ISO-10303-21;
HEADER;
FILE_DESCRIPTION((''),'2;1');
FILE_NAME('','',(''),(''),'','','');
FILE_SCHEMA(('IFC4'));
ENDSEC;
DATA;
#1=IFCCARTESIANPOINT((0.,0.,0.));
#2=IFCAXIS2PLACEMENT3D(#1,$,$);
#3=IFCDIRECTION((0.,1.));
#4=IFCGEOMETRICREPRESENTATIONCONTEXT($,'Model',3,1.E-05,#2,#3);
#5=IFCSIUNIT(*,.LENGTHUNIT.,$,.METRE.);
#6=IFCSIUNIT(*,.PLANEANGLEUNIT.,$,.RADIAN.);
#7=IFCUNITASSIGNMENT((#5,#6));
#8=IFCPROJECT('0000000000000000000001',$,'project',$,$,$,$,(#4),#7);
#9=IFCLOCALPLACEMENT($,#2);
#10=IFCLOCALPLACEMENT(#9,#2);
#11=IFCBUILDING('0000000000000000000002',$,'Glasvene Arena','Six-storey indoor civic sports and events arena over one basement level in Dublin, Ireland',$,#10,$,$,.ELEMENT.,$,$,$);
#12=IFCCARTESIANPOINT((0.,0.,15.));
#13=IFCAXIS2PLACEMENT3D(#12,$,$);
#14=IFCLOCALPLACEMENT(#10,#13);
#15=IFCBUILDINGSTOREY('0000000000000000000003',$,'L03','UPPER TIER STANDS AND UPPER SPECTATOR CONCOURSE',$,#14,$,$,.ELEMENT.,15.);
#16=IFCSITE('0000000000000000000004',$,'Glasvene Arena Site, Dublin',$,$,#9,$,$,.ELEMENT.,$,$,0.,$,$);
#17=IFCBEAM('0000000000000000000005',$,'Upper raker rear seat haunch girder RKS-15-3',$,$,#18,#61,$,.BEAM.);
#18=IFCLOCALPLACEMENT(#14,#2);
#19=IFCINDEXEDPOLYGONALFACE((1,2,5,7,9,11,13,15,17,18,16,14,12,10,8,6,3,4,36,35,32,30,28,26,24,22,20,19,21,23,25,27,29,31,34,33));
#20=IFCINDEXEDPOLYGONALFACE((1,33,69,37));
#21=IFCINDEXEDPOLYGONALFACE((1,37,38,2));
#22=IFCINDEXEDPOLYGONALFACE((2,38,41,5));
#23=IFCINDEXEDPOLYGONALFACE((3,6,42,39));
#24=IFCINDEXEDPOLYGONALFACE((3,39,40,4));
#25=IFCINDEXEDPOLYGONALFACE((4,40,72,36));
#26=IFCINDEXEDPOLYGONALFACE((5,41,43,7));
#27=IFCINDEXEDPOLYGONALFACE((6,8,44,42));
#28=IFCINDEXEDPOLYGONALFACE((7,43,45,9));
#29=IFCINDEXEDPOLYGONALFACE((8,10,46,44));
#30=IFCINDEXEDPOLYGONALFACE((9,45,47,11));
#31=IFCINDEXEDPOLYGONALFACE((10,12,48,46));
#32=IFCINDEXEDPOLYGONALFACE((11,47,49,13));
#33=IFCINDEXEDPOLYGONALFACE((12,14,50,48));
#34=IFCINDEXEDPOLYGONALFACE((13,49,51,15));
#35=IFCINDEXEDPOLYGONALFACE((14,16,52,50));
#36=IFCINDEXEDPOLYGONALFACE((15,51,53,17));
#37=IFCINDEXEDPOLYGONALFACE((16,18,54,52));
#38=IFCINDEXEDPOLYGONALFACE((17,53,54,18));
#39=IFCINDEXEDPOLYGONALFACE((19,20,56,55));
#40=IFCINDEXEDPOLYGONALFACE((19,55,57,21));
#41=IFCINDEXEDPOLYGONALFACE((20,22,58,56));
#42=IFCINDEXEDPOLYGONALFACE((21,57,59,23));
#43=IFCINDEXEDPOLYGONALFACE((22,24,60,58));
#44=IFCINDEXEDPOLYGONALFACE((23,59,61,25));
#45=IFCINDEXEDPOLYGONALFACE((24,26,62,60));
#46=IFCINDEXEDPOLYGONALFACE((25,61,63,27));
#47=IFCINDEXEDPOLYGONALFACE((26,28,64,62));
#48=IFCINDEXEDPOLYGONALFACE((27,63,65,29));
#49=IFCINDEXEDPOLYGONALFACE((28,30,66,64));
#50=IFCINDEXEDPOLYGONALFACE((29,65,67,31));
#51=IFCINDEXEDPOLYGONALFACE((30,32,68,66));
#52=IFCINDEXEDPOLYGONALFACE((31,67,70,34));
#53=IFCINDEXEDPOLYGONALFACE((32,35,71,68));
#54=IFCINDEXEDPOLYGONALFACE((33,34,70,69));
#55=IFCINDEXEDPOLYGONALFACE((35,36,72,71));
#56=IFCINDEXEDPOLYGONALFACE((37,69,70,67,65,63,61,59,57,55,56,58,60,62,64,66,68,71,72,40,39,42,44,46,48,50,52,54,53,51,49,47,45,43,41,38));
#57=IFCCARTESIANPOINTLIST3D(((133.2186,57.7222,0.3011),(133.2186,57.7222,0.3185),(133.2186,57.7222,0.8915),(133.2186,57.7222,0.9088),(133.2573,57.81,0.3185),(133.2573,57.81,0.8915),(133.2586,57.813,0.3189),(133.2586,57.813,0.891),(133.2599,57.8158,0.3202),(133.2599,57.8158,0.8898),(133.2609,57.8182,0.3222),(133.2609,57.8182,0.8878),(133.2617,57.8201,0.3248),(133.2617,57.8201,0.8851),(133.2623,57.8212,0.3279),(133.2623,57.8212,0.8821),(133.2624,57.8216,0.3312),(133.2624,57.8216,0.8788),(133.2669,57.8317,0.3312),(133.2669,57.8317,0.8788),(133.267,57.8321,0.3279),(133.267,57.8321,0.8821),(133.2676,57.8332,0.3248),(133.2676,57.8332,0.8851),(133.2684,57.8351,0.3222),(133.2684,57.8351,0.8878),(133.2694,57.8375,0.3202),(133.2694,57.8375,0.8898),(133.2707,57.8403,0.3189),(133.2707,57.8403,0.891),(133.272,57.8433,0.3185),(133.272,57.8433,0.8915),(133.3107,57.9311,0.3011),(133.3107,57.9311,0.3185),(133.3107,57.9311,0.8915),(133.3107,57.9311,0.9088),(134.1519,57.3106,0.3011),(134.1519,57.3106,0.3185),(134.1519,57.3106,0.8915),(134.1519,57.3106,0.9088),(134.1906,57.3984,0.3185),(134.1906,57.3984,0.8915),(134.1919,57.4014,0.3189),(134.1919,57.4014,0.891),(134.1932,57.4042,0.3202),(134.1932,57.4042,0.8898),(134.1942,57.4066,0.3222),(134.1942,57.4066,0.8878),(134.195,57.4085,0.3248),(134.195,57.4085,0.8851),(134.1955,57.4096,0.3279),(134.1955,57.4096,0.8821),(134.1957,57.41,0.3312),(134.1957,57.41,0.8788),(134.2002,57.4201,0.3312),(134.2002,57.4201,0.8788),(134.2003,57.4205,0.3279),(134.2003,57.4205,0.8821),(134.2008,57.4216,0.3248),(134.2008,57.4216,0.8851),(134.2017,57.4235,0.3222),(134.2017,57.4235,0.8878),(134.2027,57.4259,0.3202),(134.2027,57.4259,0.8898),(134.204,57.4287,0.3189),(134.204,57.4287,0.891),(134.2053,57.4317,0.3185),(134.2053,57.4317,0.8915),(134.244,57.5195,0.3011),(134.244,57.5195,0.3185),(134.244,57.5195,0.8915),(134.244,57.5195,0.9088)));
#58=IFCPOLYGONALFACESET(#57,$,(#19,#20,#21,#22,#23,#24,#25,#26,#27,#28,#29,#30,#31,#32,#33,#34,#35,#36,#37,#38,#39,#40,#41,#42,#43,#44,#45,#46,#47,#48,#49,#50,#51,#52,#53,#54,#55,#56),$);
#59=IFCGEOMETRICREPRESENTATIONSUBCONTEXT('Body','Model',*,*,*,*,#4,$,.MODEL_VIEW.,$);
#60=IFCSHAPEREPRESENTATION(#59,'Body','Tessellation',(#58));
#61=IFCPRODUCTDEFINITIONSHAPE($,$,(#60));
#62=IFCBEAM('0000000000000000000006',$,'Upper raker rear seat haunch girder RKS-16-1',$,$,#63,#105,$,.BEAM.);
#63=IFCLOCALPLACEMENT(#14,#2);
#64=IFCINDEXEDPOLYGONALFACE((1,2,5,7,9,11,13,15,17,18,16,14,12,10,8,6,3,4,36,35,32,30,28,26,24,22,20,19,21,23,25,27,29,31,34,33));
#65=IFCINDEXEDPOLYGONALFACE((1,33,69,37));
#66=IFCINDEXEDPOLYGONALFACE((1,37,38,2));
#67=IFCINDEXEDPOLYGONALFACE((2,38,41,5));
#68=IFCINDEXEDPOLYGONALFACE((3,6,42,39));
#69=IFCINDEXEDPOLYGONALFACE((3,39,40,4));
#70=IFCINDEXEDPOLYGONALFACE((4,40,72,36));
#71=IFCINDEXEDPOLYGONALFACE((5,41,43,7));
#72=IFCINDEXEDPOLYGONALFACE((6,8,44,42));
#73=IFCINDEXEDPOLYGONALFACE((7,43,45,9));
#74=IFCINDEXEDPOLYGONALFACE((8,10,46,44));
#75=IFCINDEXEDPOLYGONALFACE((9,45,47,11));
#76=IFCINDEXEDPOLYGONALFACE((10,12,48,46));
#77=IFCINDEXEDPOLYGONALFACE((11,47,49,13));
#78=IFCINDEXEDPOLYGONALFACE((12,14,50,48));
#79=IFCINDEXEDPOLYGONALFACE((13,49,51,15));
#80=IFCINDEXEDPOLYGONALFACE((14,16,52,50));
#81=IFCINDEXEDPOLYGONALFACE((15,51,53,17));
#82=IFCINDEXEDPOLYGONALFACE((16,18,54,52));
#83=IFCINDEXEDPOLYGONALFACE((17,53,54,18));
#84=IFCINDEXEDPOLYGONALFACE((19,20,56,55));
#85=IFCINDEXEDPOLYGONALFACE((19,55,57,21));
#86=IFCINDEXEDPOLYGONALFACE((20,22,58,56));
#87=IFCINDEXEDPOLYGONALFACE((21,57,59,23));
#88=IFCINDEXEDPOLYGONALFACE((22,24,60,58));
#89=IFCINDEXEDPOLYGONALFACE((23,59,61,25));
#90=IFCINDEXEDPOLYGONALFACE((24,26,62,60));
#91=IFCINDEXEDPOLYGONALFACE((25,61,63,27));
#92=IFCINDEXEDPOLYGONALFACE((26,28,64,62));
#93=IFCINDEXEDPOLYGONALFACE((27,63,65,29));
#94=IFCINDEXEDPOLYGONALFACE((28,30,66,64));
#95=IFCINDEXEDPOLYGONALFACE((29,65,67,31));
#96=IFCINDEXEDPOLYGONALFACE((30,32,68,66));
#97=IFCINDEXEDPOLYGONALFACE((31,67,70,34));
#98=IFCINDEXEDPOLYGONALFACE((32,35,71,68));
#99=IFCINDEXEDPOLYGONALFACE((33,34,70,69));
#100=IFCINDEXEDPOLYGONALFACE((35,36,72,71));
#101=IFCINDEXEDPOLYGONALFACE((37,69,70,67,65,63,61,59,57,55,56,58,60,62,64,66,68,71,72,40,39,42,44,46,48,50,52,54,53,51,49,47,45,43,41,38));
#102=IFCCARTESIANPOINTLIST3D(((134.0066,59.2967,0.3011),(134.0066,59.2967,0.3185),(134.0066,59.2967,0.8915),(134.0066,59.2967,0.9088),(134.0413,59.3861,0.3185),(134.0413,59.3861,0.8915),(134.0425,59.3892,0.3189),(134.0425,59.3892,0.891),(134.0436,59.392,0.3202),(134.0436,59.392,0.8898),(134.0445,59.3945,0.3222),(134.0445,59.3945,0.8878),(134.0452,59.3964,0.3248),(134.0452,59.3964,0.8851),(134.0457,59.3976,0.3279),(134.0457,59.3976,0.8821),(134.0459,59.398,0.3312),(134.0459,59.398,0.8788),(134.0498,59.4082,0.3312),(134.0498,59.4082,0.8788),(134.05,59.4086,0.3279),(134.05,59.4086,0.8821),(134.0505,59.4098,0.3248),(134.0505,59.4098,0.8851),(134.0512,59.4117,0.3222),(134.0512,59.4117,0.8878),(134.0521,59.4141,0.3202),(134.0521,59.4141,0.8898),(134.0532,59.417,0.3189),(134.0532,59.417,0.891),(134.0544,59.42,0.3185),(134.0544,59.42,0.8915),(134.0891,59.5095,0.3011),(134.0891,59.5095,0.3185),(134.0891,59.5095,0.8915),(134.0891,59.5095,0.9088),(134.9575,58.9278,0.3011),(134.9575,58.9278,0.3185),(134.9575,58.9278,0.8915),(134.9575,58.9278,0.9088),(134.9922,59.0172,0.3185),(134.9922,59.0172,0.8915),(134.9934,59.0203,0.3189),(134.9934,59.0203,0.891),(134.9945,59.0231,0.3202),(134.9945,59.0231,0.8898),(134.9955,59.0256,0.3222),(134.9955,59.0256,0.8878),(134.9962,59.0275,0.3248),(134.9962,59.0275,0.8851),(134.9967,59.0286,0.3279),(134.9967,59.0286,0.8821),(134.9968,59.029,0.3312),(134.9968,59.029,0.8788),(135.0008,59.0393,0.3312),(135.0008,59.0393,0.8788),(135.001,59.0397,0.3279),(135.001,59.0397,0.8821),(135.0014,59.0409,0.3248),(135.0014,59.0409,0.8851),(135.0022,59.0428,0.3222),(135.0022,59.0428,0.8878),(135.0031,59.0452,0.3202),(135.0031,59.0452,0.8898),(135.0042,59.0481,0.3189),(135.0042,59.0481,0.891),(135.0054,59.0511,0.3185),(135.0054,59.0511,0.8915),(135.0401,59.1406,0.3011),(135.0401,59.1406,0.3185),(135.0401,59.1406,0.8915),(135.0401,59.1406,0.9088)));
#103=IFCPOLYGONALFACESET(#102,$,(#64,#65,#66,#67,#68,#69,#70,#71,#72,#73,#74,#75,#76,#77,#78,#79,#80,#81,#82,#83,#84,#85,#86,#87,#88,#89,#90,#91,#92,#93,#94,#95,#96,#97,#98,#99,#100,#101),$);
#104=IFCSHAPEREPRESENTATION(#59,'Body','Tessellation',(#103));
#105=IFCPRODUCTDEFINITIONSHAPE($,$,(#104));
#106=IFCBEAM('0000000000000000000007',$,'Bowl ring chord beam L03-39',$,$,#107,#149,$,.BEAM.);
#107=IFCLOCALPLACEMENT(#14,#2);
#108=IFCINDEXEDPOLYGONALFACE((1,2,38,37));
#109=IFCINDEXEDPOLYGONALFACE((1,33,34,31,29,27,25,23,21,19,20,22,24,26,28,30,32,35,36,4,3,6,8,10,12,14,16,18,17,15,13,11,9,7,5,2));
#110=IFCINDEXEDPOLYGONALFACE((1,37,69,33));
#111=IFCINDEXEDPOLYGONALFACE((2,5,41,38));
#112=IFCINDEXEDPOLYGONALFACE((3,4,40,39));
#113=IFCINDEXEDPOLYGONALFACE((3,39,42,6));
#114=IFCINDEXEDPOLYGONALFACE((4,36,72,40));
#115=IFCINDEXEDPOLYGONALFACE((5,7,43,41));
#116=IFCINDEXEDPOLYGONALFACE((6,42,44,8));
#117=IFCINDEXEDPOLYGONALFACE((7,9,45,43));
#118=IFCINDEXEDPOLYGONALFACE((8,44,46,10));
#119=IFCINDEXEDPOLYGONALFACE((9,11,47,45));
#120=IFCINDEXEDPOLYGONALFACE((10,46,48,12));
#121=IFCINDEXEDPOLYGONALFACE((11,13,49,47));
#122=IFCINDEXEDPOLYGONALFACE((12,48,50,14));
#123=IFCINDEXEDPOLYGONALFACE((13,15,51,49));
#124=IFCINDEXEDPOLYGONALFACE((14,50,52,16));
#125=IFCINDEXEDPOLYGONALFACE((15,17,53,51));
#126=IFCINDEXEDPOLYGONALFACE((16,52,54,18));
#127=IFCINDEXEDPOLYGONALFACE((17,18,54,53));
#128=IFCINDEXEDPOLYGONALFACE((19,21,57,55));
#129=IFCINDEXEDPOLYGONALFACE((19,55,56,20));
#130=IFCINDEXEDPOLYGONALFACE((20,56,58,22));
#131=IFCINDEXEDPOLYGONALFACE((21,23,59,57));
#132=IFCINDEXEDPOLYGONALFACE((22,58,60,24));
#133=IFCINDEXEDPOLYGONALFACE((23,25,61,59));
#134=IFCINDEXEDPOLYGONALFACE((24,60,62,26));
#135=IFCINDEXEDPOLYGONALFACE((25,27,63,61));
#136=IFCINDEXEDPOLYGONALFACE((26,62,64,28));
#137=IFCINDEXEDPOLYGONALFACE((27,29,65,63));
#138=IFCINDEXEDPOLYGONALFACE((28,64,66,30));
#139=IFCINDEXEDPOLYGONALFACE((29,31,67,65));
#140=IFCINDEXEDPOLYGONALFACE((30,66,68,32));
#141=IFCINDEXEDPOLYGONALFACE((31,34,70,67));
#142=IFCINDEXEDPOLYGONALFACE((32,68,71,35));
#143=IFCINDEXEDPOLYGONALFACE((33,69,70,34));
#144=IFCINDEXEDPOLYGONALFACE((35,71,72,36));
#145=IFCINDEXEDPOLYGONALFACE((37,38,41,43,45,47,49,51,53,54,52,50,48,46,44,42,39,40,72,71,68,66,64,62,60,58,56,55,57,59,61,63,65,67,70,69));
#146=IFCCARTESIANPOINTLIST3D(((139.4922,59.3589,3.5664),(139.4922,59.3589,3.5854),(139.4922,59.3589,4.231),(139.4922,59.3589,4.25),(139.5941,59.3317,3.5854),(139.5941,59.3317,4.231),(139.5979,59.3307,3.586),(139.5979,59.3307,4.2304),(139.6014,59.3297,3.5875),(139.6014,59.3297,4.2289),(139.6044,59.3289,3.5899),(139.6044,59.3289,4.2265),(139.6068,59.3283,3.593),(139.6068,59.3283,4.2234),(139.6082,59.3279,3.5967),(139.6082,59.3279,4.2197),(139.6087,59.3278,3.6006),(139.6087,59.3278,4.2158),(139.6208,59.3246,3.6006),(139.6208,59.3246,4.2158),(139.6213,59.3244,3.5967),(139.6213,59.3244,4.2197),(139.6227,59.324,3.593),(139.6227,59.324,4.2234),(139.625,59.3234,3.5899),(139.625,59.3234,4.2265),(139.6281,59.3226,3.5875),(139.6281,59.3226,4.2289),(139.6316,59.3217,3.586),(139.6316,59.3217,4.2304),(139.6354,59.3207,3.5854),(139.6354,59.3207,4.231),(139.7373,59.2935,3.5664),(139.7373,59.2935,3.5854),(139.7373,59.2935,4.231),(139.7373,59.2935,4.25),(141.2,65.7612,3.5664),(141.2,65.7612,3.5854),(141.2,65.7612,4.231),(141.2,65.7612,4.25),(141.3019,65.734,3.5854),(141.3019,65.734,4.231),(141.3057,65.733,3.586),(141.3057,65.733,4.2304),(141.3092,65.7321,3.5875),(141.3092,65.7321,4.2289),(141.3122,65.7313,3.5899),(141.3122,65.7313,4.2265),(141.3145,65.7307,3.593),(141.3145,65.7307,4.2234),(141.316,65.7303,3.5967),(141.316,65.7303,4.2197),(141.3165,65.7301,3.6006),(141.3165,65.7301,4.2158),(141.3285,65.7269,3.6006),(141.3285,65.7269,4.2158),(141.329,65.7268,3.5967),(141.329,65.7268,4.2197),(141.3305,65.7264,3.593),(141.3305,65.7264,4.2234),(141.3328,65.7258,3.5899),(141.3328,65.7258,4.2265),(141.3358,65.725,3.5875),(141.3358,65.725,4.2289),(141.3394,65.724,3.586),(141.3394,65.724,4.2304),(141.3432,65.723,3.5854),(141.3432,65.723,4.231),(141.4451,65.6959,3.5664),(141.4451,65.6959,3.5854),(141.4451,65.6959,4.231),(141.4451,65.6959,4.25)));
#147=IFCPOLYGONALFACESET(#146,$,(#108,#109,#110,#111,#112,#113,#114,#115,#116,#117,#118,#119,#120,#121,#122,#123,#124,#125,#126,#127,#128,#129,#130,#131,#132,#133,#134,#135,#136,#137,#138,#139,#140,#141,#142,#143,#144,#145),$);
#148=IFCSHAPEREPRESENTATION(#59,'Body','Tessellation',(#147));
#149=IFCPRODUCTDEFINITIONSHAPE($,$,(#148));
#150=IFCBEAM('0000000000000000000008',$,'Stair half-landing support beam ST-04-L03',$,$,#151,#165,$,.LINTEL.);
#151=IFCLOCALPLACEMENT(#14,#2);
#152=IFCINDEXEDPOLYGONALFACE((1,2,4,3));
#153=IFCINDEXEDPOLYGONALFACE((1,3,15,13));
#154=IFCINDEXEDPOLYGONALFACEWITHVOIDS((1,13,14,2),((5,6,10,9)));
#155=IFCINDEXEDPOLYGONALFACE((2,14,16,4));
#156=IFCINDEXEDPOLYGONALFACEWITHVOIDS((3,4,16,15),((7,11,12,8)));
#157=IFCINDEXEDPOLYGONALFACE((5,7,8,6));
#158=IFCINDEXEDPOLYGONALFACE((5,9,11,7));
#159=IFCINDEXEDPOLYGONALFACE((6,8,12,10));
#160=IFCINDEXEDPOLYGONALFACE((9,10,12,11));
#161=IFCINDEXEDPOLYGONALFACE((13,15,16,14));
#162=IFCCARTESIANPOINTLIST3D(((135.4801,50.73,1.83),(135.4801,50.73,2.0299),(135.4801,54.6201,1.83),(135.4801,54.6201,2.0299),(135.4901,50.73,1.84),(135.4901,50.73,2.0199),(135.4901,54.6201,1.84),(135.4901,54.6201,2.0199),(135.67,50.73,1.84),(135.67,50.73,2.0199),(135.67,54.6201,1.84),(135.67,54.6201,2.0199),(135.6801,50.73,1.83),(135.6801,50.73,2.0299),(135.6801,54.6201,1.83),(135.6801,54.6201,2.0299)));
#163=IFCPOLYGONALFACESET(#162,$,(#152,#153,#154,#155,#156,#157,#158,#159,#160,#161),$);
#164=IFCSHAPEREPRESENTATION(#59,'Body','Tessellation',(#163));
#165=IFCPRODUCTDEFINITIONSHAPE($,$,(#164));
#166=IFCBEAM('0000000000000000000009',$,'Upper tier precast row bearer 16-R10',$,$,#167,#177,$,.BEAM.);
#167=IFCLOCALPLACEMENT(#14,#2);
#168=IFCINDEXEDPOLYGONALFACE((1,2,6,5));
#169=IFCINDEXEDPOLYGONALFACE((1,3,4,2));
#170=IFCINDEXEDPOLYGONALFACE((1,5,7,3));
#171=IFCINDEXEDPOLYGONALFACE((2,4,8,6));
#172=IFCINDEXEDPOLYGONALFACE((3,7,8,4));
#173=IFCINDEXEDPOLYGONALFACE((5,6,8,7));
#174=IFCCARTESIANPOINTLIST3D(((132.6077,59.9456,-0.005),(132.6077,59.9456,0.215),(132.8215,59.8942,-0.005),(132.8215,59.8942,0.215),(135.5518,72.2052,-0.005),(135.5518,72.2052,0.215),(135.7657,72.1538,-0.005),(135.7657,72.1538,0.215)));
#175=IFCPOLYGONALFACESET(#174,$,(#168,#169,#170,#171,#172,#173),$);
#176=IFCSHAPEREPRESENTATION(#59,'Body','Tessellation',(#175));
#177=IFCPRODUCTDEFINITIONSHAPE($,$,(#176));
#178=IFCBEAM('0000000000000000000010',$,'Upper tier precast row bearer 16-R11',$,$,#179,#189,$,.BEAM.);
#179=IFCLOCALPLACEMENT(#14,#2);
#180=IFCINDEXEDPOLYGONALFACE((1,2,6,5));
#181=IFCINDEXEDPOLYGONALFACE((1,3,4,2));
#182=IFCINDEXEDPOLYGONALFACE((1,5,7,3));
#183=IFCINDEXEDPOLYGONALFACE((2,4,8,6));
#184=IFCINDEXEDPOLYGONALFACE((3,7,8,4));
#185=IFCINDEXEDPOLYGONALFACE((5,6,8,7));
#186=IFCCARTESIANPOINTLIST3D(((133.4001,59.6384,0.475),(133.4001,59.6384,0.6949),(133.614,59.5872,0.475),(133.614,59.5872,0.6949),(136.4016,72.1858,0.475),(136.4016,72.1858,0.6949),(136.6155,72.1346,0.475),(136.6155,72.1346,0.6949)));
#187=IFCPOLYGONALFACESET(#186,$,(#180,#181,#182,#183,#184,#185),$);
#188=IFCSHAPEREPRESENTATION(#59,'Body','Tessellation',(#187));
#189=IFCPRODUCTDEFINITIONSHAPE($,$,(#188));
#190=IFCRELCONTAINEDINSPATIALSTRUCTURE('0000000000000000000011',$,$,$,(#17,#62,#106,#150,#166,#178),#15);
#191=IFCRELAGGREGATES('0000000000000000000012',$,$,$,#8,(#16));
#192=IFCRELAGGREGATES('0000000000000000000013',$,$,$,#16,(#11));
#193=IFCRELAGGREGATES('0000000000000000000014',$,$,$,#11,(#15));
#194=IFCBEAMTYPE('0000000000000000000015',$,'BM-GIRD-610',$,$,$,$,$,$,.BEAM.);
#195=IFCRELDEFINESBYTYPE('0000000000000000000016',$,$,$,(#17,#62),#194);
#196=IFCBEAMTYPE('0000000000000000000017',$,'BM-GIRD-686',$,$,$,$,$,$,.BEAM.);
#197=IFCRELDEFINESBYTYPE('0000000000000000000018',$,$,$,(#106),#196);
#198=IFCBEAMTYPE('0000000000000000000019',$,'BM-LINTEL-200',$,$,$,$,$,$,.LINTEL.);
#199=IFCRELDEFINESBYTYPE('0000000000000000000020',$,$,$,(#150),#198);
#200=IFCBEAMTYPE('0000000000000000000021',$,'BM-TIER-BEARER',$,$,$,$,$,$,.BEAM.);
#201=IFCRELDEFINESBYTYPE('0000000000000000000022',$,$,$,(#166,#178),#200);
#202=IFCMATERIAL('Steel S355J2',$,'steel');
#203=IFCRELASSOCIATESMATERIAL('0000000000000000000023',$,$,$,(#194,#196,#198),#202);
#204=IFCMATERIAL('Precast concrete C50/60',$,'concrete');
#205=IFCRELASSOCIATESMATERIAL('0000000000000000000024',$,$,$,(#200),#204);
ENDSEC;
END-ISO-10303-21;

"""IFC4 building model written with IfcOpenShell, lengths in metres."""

from ifc_helpers import new_model, si_unit, direction, frame, origin, origin_2d, place, context, subcontext, project, spatial, rectangle, hollow_rectangle, i_section, extrude, material, material_profile, profile_set, type_object, element, save


model = new_model("IFC4")

# Units and contexts
model_context = context("Model", 3, precision=1e-05, world=origin(), true_north=direction((0.0, 1.0)))
body_context = subcontext(model_context, "Body", "Model", "MODEL_VIEW")
ifc_project = project(units=[si_unit("LENGTHUNIT", "METRE"), si_unit("PLANEANGLEUNIT", "RADIAN")], contexts=[model_context])

# Site, building, storey
site_placement = place(None, origin())
site = spatial("IfcSite", under=ifc_project, at=site_placement, Name="Glasvene Arena Site, Dublin", CompositionType="ELEMENT", RefElevation=0.0)
building_placement = place(site_placement, origin())
building = spatial("IfcBuilding", under=site, at=building_placement, Name="Glasvene Arena", Description="Six-storey indoor civic sports and events arena over one basement level in Dublin, Ireland", CompositionType="ELEMENT")
storey_placement = place(building_placement, frame((0.0, 0.0, 15.0)))
storey = spatial("IfcBuildingStorey", under=building, at=storey_placement, Name="L03", Description="UPPER TIER STANDS AND UPPER SPECTATOR CONCOURSE", CompositionType="ELEMENT", Elevation=15.0)

# Shared definitions
ifc_material_1 = material(Name="Steel S355J2", Category="steel")

# Beams
ifc_material_profile_1 = material_profile(ifc_material_1, i_section(OverallWidth=0.2283, OverallDepth=0.6077, WebThickness=0.011, FlangeThickness=0.0173, FilletRadius=0.0127, at=origin_2d()), Name="UKB 610x229x113")
ifc_profile_set_1 = profile_set([ifc_material_profile_1], Name="Steel S355J2")
beam_type_1 = type_object("IfcBeamType", Name="BM-GIRD-610", PredefinedType="BEAM", material=ifc_profile_set_1)
for number, where, z_axis, x_axis, name in (
    (1, (133.2646, 57.8267, 0.605), (0.914972, -0.403516, 0.0), (0.403516, 0.914972, 0.0), "Upper raker rear seat haunch girder RKS-15-3"),
    (2, (134.0479, 59.4031, 0.605), (0.932305, -0.361672, 0.0), (0.361672, 0.932305, 0.0), "Upper raker rear seat haunch girder RKS-16-1"),
):
    element("IfcBeam", number, at=place(storey_placement, frame(where, z_axis=z_axis, x_axis=x_axis)), inside=storey, type_object=beam_type_1, Name=name, PredefinedType="BEAM", context=body_context, shape_type="SweptSolid", body=[
        extrude(i_section(OverallWidth=0.2283, OverallDepth=0.6077, WebThickness=0.011, FlangeThickness=0.0173, FilletRadius=0.0127, at=origin_2d()), origin(), (0.0, 0.0, 1.0), 1.02),
    ])
ifc_material_profile_2 = material_profile(ifc_material_1, i_section(OverallWidth=0.2537, OverallDepth=0.6836, WebThickness=0.0125, FlangeThickness=0.019, FilletRadius=0.0151, at=origin_2d()), Name="UKB 686x254x140")
ifc_profile_set_2 = profile_set([ifc_material_profile_2], Name="Steel S355J2")
beam_type_2 = type_object("IfcBeamType", Name="BM-GIRD-686", PredefinedType="BEAM", material=ifc_profile_set_2)
beam_1_placement = place(storey_placement, frame((139.6147, 59.3262, 3.9082), z_axis=(0.257729, 0.966217, 0.0), x_axis=(-0.966217, 0.257729, 0.0)))
element("IfcBeam", 3, at=beam_1_placement, inside=storey, type_object=beam_type_2, Name="Bowl ring chord beam L03-39", PredefinedType="BEAM", context=body_context, shape_type="SweptSolid", body=[
    extrude(i_section(OverallWidth=0.2537, OverallDepth=0.6836, WebThickness=0.0125, FlangeThickness=0.019, FilletRadius=0.0151, at=origin_2d()), origin(), (0.0, 0.0, 1.0), 6.6262),
])
ifc_material_profile_3 = material_profile(ifc_material_1, hollow_rectangle(XDim=0.2, YDim=0.2, WallThickness=0.01, at=origin_2d()), Name="SHS 200x200x10.0")
ifc_profile_set_3 = profile_set([ifc_material_profile_3], Name="Steel S355J2")
beam_type_3 = type_object("IfcBeamType", Name="BM-LINTEL-200", PredefinedType="LINTEL", material=ifc_profile_set_3)
beam_2_placement = place(storey_placement, frame((135.5801, 50.73, 1.9299), z_axis=(0.0, 1.0, 0.0), x_axis=(-1.0, 0.0, 0.0)))
element("IfcBeam", 4, at=beam_2_placement, inside=storey, type_object=beam_type_3, Name="Stair half-landing support beam ST-04-L03", PredefinedType="LINTEL", context=body_context, shape_type="SweptSolid", body=[
    extrude(hollow_rectangle(XDim=0.2, YDim=0.2, WallThickness=0.01, at=origin_2d()), origin(), (0.0, 0.0, 1.0), 3.8901),
])
ifc_material_2 = material(Name="Precast concrete C50/60", Category="concrete")
ifc_material_profile_4 = material_profile(ifc_material_2, rectangle(XDim=0.22, YDim=0.22, at=origin_2d()), Name="RC 220x220")
ifc_profile_set_4 = profile_set([ifc_material_profile_4], Name="Precast concrete C50/60")
beam_type_4 = type_object("IfcBeamType", Name="BM-TIER-BEARER", PredefinedType="BEAM", material=ifc_profile_set_4)
beam_3_placement = place(storey_placement, frame((132.7146, 59.9199, 0.105), z_axis=(0.233508, 0.972355, 0.0), x_axis=(-0.972355, 0.233508, 0.0)))
element("IfcBeam", 5, at=beam_3_placement, inside=storey, type_object=beam_type_4, Name="Upper tier precast row bearer 16-R10", PredefinedType="BEAM", context=body_context, shape_type="SweptSolid", body=[
    extrude(rectangle(XDim=0.22, YDim=0.22, at=origin_2d()), origin(), (0.0, 0.0, 1.0), 12.6082),
])
beam_4_placement = place(storey_placement, frame((133.5071, 59.6128, 0.585), z_axis=(0.232647, 0.972561, 0.0), x_axis=(-0.972561, 0.232647, 0.0)))
element("IfcBeam", 6, at=beam_4_placement, inside=storey, type_object=beam_type_4, Name="Upper tier precast row bearer 16-R11", PredefinedType="BEAM", context=body_context, shape_type="SweptSolid", body=[
    extrude(rectangle(XDim=0.22, YDim=0.22, at=origin_2d()), origin(), (0.0, 0.0, 1.0), 12.9014),
])

save(model, "model.ifc")
